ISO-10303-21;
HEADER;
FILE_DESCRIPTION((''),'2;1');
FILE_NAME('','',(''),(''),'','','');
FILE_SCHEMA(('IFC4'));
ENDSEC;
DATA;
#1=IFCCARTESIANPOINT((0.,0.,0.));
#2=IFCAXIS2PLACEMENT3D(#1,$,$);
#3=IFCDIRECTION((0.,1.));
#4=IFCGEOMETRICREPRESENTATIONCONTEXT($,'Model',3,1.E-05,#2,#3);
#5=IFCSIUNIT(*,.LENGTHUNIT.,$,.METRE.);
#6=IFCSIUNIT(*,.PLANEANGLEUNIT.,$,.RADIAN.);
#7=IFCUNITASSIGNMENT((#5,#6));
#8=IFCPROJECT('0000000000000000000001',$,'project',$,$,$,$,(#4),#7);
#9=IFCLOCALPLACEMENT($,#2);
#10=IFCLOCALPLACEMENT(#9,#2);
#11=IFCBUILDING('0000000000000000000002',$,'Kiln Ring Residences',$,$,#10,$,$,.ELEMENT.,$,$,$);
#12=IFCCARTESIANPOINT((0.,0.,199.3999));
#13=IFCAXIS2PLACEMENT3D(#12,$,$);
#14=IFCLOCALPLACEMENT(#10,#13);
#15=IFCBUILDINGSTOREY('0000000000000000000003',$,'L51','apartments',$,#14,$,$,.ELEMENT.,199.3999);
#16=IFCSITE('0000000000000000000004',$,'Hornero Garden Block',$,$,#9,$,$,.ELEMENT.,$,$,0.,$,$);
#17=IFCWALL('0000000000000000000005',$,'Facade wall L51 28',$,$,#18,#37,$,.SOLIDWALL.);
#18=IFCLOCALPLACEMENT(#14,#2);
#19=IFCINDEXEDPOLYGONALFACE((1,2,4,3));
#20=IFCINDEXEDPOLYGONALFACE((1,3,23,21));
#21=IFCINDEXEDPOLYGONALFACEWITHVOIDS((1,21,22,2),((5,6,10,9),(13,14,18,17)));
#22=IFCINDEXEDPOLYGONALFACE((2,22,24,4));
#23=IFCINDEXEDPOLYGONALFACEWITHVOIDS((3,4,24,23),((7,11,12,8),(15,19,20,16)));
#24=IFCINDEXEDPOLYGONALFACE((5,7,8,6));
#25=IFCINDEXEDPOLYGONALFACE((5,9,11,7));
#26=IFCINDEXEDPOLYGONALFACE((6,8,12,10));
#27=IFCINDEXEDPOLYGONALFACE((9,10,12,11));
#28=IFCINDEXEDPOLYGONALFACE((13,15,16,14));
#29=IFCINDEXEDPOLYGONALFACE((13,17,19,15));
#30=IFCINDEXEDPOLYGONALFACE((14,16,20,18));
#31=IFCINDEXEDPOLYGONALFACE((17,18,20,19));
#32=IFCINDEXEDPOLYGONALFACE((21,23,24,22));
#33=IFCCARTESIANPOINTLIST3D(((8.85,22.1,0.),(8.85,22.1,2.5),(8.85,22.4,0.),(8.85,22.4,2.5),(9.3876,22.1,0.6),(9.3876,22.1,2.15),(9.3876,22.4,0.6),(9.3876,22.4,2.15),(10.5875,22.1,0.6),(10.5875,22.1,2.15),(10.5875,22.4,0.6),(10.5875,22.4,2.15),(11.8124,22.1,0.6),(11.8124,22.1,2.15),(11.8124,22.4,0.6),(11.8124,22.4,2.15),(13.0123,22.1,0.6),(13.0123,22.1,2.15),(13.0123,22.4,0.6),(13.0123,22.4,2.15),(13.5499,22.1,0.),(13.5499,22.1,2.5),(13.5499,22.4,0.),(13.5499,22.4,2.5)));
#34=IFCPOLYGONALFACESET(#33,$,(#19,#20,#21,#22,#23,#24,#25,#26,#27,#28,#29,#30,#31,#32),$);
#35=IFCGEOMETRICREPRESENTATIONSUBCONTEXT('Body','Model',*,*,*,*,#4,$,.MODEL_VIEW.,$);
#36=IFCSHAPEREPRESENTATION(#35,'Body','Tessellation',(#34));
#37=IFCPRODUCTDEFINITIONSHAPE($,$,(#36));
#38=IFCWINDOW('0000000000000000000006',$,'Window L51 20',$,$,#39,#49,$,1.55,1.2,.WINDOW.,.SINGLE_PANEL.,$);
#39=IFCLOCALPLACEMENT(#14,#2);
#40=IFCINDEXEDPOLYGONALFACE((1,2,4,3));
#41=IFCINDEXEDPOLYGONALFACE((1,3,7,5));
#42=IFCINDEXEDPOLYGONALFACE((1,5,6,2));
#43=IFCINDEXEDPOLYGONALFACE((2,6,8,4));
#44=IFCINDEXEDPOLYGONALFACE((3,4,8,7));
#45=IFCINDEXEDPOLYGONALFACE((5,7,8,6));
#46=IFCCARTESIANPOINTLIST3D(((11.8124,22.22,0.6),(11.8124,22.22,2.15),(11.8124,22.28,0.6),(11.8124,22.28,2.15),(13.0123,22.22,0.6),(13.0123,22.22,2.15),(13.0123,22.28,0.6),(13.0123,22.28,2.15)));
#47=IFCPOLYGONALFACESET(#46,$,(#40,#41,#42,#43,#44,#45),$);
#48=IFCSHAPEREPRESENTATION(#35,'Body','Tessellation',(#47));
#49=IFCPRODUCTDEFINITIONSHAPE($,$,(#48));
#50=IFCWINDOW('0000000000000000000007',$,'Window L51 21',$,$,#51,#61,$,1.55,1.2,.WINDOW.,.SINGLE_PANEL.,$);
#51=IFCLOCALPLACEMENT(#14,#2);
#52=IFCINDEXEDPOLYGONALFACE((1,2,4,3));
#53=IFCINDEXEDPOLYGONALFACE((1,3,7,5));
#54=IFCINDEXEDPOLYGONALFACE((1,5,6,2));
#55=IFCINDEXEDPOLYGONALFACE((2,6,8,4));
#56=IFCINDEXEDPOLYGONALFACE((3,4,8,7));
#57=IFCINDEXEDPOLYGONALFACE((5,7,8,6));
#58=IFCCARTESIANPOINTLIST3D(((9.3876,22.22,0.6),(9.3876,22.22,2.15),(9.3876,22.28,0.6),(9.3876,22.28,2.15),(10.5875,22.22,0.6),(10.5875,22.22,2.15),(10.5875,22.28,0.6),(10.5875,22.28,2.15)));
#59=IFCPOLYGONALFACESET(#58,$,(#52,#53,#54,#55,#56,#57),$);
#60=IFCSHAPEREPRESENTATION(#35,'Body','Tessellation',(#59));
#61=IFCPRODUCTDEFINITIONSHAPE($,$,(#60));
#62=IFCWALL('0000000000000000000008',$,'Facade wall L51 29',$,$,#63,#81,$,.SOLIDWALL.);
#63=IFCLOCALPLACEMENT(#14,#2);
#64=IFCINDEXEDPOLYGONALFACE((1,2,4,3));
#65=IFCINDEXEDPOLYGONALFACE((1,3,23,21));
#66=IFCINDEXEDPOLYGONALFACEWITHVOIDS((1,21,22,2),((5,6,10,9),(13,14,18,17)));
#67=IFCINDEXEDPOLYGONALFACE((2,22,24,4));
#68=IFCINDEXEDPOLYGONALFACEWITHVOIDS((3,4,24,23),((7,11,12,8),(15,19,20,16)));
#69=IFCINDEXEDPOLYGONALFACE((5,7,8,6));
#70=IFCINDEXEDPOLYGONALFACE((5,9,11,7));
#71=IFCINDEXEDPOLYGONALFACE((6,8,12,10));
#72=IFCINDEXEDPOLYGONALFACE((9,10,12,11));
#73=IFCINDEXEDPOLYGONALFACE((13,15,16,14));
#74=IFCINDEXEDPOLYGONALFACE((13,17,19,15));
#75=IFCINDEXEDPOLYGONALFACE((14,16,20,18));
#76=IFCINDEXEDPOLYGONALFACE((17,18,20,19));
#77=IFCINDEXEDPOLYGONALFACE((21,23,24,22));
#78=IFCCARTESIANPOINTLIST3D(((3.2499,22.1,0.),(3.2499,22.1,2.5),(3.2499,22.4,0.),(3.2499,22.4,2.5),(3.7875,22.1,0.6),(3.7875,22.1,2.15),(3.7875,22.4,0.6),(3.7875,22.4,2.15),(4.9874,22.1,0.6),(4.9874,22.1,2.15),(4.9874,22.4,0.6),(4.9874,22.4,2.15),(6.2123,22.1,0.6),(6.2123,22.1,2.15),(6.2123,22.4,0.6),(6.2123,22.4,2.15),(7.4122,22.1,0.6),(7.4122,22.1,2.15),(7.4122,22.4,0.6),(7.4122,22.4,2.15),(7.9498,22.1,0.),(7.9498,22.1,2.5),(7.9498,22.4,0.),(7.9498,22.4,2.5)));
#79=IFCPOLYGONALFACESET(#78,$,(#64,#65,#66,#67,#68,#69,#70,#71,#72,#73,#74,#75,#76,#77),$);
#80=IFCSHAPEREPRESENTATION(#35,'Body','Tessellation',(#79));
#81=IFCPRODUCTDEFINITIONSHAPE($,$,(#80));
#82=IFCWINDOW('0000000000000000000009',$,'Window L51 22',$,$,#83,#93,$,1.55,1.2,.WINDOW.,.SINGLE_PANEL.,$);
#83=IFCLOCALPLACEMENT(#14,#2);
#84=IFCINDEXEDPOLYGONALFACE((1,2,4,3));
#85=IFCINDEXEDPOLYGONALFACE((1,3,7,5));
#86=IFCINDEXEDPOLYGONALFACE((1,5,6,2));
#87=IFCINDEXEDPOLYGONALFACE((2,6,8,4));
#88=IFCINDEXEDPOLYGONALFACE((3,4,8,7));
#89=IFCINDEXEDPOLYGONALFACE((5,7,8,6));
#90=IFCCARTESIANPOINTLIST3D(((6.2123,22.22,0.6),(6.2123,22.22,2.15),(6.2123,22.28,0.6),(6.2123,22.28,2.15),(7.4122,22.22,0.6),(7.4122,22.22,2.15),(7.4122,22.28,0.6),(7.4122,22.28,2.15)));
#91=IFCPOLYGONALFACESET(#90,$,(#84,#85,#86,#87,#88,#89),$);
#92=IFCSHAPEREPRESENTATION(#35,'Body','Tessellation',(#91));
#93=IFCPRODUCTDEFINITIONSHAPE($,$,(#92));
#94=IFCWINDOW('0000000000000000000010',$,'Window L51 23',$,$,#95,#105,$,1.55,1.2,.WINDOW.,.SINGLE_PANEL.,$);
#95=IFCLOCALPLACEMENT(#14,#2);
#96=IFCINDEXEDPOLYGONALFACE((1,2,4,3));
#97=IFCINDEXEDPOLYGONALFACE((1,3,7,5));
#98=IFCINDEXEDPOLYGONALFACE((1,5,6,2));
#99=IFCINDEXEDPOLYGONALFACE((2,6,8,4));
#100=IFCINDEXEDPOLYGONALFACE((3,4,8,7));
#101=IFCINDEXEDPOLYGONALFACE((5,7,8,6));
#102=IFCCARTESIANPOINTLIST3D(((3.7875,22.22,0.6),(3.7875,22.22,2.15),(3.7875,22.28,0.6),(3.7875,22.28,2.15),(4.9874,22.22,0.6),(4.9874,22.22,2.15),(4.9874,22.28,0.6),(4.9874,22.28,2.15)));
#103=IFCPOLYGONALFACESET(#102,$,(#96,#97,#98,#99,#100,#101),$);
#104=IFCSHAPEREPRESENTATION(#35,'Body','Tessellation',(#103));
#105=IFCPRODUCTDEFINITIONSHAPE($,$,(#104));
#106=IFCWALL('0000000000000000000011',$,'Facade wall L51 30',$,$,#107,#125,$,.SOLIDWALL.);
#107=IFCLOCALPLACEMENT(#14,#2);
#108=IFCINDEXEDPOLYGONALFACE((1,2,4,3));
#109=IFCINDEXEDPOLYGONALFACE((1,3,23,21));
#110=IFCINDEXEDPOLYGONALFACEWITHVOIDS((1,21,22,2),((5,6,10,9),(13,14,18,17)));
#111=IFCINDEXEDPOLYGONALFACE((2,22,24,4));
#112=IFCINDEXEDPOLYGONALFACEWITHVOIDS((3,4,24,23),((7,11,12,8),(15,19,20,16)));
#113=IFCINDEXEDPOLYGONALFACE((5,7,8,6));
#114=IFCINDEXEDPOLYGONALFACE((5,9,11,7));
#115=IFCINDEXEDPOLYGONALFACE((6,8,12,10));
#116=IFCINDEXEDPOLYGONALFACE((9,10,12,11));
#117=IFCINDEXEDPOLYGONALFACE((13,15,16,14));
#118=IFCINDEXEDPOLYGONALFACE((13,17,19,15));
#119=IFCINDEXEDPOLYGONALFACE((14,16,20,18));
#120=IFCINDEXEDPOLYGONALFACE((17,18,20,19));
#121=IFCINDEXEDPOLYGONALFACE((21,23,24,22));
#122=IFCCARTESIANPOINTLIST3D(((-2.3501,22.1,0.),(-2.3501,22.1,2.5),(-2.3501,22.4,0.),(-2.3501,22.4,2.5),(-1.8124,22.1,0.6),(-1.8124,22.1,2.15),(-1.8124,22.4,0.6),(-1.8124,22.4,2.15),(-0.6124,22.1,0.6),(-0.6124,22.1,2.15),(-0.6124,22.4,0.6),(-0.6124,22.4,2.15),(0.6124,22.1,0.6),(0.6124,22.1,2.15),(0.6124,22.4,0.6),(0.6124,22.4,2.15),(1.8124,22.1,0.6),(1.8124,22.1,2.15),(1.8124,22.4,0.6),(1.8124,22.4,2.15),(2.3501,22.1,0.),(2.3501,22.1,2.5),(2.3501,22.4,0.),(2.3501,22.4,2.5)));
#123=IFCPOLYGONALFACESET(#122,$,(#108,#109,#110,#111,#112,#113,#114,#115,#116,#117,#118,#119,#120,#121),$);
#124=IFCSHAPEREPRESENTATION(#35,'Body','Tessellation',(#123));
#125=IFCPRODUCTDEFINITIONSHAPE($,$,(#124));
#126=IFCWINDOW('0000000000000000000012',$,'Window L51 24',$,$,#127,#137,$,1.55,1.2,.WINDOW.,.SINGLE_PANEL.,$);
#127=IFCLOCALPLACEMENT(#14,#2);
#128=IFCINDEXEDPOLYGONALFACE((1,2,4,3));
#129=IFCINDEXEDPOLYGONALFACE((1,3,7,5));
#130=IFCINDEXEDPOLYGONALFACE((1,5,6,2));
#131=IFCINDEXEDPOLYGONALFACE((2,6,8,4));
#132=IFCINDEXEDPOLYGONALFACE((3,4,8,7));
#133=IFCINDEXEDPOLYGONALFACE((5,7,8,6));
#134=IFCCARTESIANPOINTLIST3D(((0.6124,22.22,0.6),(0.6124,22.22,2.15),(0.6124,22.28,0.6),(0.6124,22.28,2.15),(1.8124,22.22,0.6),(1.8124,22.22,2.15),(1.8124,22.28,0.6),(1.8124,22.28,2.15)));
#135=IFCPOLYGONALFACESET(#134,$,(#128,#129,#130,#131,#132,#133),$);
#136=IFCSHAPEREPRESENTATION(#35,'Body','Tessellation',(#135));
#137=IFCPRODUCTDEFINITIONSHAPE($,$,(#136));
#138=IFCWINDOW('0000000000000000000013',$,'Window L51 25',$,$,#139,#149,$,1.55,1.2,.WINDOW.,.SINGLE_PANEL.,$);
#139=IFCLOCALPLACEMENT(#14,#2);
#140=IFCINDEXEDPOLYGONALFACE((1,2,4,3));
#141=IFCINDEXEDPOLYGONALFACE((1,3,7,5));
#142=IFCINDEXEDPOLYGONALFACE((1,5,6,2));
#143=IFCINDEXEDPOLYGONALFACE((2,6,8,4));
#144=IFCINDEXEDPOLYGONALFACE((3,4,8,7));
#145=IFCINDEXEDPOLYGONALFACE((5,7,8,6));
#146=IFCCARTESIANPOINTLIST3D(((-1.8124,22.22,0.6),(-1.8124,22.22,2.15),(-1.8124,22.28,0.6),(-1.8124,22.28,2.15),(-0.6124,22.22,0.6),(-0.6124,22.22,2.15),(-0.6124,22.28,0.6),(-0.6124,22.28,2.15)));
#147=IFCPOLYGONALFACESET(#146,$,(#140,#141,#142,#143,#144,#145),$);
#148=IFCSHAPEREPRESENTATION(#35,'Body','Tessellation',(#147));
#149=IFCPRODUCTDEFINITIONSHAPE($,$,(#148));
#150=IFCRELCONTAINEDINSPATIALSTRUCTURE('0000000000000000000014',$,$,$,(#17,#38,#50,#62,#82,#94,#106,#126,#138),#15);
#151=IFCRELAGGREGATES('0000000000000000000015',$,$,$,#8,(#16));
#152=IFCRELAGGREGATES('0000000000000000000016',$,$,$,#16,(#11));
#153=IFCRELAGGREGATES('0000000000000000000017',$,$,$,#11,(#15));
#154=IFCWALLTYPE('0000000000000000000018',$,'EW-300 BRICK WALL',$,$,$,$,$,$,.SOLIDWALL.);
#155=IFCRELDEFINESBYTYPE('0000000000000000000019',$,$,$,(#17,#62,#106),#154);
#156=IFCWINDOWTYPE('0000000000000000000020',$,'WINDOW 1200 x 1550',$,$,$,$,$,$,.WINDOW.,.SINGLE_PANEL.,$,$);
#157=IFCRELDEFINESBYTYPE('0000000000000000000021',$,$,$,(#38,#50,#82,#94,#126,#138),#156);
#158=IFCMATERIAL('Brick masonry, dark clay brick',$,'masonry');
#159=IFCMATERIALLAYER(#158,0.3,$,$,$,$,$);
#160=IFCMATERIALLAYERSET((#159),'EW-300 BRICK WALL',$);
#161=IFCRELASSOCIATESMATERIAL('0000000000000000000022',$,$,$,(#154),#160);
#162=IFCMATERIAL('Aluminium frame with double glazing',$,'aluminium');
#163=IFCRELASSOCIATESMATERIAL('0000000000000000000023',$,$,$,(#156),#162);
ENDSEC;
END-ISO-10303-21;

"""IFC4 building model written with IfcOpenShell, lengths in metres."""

from ifc_helpers import new_model, si_unit, direction, frame, frame_2d, origin, place, context, subcontext, project, spatial, rectangle, extrude, material, layer, layer_set, type_object, element, fill, save


model = new_model("IFC4")

# Units and contexts
model_context = context("Model", 3, precision=1e-05, world=origin(), true_north=direction((0.0, 1.0)))
body_context = subcontext(model_context, "Body", "Model", "MODEL_VIEW")
ifc_project = project(units=[si_unit("LENGTHUNIT", "METRE"), si_unit("PLANEANGLEUNIT", "RADIAN")], contexts=[model_context])

# Site, building, storey
site_placement = place(None, origin())
site = spatial("IfcSite", under=ifc_project, at=site_placement, Name="Hornero Garden Block", CompositionType="ELEMENT", RefElevation=0.0)
building_placement = place(site_placement, origin())
building = spatial("IfcBuilding", under=site, at=building_placement, Name="Kiln Ring Residences", CompositionType="ELEMENT")
storey_placement = place(building_placement, frame((0.0, 0.0, 199.3999)))
storey = spatial("IfcBuildingStorey", under=building, at=storey_placement, Name="L51", Description="apartments", CompositionType="ELEMENT", Elevation=199.3999)

# Shared definitions
ifc_material_1 = material(Name="Brick masonry, dark clay brick", Category="masonry")
ifc_layer_1 = layer(ifc_material_1, 0.3)
ifc_layer_set_1 = layer_set([ifc_layer_1], Name="EW-300 BRICK WALL")
wall_type_1 = type_object("IfcWallType", Name="EW-300 BRICK WALL", PredefinedType="SOLIDWALL", material=ifc_layer_set_1)
ifc_material_2 = material(Name="Aluminium frame with double glazing", Category="aluminium")
window_type = type_object("IfcWindowType", Name="WINDOW 1200 x 1550", PartitioningType="SINGLE_PANEL", PredefinedType="WINDOW", material=ifc_material_2)

# Walls, openings, windows
wall_1_placement = place(storey_placement, frame((13.55, 22.25, 0.0), z_axis=(0.0, 0.0, 1.0), x_axis=(-1.0, 0.0, 0.0)))
wall_1 = element("IfcWall", 1, at=wall_1_placement, inside=storey, type_object=wall_type_1, Name="Facade wall L51 28", PredefinedType="SOLIDWALL", context=body_context, shape_type="SweptSolid", body=[
    extrude(rectangle(XDim=4.7, YDim=0.3, at=frame_2d((2.3501, 0.0))), origin(), (0.0, 0.0, 1.0), 2.5),
])
opening_1_placement = place(wall_1_placement, frame((0.5376, 0.0, 0.6001)))
opening_1 = element("IfcOpeningElement", 2, at=opening_1_placement, cuts=wall_1, PredefinedType="OPENING", context=body_context, shape_type="SweptSolid", body=[
    extrude(rectangle(XDim=1.2, YDim=1.55, at=frame_2d((0.6001, 0.7749))), frame((0.0, 0.1599, 0.0), z_axis=(0.0, -1.0, 0.0), x_axis=(1.0, 0.0, 0.0)), (0.0, 0.0, 1.0), 0.3201),
])
opening_2_placement = place(wall_1_placement, frame((2.9624, 0.0, 0.6001)))
opening_2 = element("IfcOpeningElement", 3, at=opening_2_placement, cuts=wall_1, PredefinedType="OPENING", context=body_context, shape_type="SweptSolid", body=[
    extrude(rectangle(XDim=1.2, YDim=1.55, at=frame_2d((0.6001, 0.7749))), frame((0.0, 0.1599, 0.0), z_axis=(0.0, -1.0, 0.0), x_axis=(1.0, 0.0, 0.0)), (0.0, 0.0, 1.0), 0.3201),
])
window_1_placement = place(opening_1_placement, origin())
window_1 = element("IfcWindow", 4, at=window_1_placement, inside=storey, type_object=window_type, Name="Window L51 20", OverallHeight=1.55, OverallWidth=1.2, PartitioningType="SINGLE_PANEL", PredefinedType="WINDOW", context=body_context, shape_type="SweptSolid", body=[
    extrude(rectangle(XDim=1.2, YDim=1.55, at=frame_2d((0.6001, 0.7749))), frame((0.0, 0.03, 0.0), z_axis=(0.0, -1.0, 0.0), x_axis=(1.0, 0.0, 0.0)), (0.0, 0.0, 1.0), 0.0601),
])
fill(opening_1, window_1)
window_2_placement = place(opening_2_placement, origin())
window_2 = element("IfcWindow", 5, at=window_2_placement, inside=storey, type_object=window_type, Name="Window L51 21", OverallHeight=1.55, OverallWidth=1.2, PartitioningType="SINGLE_PANEL", PredefinedType="WINDOW", context=body_context, shape_type="SweptSolid", body=[
    extrude(rectangle(XDim=1.2, YDim=1.55, at=frame_2d((0.6001, 0.7749))), frame((0.0, 0.03, 0.0), z_axis=(0.0, -1.0, 0.0), x_axis=(1.0, 0.0, 0.0)), (0.0, 0.0, 1.0), 0.0601),
])
fill(opening_2, window_2)
wall_2_placement = place(storey_placement, frame((7.95, 22.25, 0.0), z_axis=(0.0, 0.0, 1.0), x_axis=(-1.0, 0.0, 0.0)))
wall_2 = element("IfcWall", 6, at=wall_2_placement, inside=storey, type_object=wall_type_1, Name="Facade wall L51 29", PredefinedType="SOLIDWALL", context=body_context, shape_type="SweptSolid", body=[
    extrude(rectangle(XDim=4.7, YDim=0.3, at=frame_2d((2.3501, 0.0))), origin(), (0.0, 0.0, 1.0), 2.5),
])
opening_3_placement = place(wall_2_placement, frame((0.5376, 0.0, 0.6001)))
opening_3 = element("IfcOpeningElement", 7, at=opening_3_placement, cuts=wall_2, PredefinedType="OPENING", context=body_context, shape_type="SweptSolid", body=[
    extrude(rectangle(XDim=1.2, YDim=1.55, at=frame_2d((0.6001, 0.7749))), frame((0.0, 0.1599, 0.0), z_axis=(0.0, -1.0, 0.0), x_axis=(1.0, 0.0, 0.0)), (0.0, 0.0, 1.0), 0.3201),
])
opening_4_placement = place(wall_2_placement, frame((2.9624, 0.0, 0.6001)))
opening_4 = element("IfcOpeningElement", 8, at=opening_4_placement, cuts=wall_2, PredefinedType="OPENING", context=body_context, shape_type="SweptSolid", body=[
    extrude(rectangle(XDim=1.2, YDim=1.55, at=frame_2d((0.6001, 0.7749))), frame((0.0, 0.1599, 0.0), z_axis=(0.0, -1.0, 0.0), x_axis=(1.0, 0.0, 0.0)), (0.0, 0.0, 1.0), 0.3201),
])
window_3_placement = place(opening_3_placement, origin())
window_3 = element("IfcWindow", 9, at=window_3_placement, inside=storey, type_object=window_type, Name="Window L51 22", OverallHeight=1.55, OverallWidth=1.2, PartitioningType="SINGLE_PANEL", PredefinedType="WINDOW", context=body_context, shape_type="SweptSolid", body=[
    extrude(rectangle(XDim=1.2, YDim=1.55, at=frame_2d((0.6001, 0.7749))), frame((0.0, 0.03, 0.0), z_axis=(0.0, -1.0, 0.0), x_axis=(1.0, 0.0, 0.0)), (0.0, 0.0, 1.0), 0.0601),
])
fill(opening_3, window_3)
window_4_placement = place(opening_4_placement, origin())
window_4 = element("IfcWindow", 10, at=window_4_placement, inside=storey, type_object=window_type, Name="Window L51 23", OverallHeight=1.55, OverallWidth=1.2, PartitioningType="SINGLE_PANEL", PredefinedType="WINDOW", context=body_context, shape_type="SweptSolid", body=[
    extrude(rectangle(XDim=1.2, YDim=1.55, at=frame_2d((0.6001, 0.7749))), frame((0.0, 0.03, 0.0), z_axis=(0.0, -1.0, 0.0), x_axis=(1.0, 0.0, 0.0)), (0.0, 0.0, 1.0), 0.0601),
])
fill(opening_4, window_4)
wall_3_placement = place(storey_placement, frame((2.3501, 22.25, 0.0), z_axis=(0.0, 0.0, 1.0), x_axis=(-1.0, 0.0, 0.0)))
wall_3 = element("IfcWall", 11, at=wall_3_placement, inside=storey, type_object=wall_type_1, Name="Facade wall L51 30", PredefinedType="SOLIDWALL", context=body_context, shape_type="SweptSolid", body=[
    extrude(rectangle(XDim=4.7002, YDim=0.3, at=frame_2d((2.3501, 0.0))), origin(), (0.0, 0.0, 1.0), 2.5),
])
opening_5_placement = place(wall_3_placement, frame((0.5376, 0.0, 0.6001)))
opening_5 = element("IfcOpeningElement", 12, at=opening_5_placement, cuts=wall_3, PredefinedType="OPENING", context=body_context, shape_type="SweptSolid", body=[
    extrude(rectangle(XDim=1.2, YDim=1.55, at=frame_2d((0.6001, 0.7749))), frame((0.0, 0.1599, 0.0), z_axis=(0.0, -1.0, 0.0), x_axis=(1.0, 0.0, 0.0)), (0.0, 0.0, 1.0), 0.3201),
])
opening_6_placement = place(wall_3_placement, frame((2.9624, 0.0, 0.6001)))
opening_6 = element("IfcOpeningElement", 13, at=opening_6_placement, cuts=wall_3, PredefinedType="OPENING", context=body_context, shape_type="SweptSolid", body=[
    extrude(rectangle(XDim=1.2, YDim=1.55, at=frame_2d((0.6001, 0.7749))), frame((0.0, 0.1599, 0.0), z_axis=(0.0, -1.0, 0.0), x_axis=(1.0, 0.0, 0.0)), (0.0, 0.0, 1.0), 0.3201),
])
window_5_placement = place(opening_5_placement, origin())
window_5 = element("IfcWindow", 14, at=window_5_placement, inside=storey, type_object=window_type, Name="Window L51 24", OverallHeight=1.55, OverallWidth=1.2, PartitioningType="SINGLE_PANEL", PredefinedType="WINDOW", context=body_context, shape_type="SweptSolid", body=[
    extrude(rectangle(XDim=1.2, YDim=1.55, at=frame_2d((0.6001, 0.7749))), frame((0.0, 0.03, 0.0), z_axis=(0.0, -1.0, 0.0), x_axis=(1.0, 0.0, 0.0)), (0.0, 0.0, 1.0), 0.0601),
])
fill(opening_5, window_5)
window_6_placement = place(opening_6_placement, origin())
window_6 = element("IfcWindow", 15, at=window_6_placement, inside=storey, type_object=window_type, Name="Window L51 25", OverallHeight=1.55, OverallWidth=1.2, PartitioningType="SINGLE_PANEL", PredefinedType="WINDOW", context=body_context, shape_type="SweptSolid", body=[
    extrude(rectangle(XDim=1.2, YDim=1.55, at=frame_2d((0.6001, 0.7749))), frame((0.0, 0.03, 0.0), z_axis=(0.0, -1.0, 0.0), x_axis=(1.0, 0.0, 0.0)), (0.0, 0.0, 1.0), 0.0601),
])
fill(opening_6, window_6)

save(model, "model.ifc")
